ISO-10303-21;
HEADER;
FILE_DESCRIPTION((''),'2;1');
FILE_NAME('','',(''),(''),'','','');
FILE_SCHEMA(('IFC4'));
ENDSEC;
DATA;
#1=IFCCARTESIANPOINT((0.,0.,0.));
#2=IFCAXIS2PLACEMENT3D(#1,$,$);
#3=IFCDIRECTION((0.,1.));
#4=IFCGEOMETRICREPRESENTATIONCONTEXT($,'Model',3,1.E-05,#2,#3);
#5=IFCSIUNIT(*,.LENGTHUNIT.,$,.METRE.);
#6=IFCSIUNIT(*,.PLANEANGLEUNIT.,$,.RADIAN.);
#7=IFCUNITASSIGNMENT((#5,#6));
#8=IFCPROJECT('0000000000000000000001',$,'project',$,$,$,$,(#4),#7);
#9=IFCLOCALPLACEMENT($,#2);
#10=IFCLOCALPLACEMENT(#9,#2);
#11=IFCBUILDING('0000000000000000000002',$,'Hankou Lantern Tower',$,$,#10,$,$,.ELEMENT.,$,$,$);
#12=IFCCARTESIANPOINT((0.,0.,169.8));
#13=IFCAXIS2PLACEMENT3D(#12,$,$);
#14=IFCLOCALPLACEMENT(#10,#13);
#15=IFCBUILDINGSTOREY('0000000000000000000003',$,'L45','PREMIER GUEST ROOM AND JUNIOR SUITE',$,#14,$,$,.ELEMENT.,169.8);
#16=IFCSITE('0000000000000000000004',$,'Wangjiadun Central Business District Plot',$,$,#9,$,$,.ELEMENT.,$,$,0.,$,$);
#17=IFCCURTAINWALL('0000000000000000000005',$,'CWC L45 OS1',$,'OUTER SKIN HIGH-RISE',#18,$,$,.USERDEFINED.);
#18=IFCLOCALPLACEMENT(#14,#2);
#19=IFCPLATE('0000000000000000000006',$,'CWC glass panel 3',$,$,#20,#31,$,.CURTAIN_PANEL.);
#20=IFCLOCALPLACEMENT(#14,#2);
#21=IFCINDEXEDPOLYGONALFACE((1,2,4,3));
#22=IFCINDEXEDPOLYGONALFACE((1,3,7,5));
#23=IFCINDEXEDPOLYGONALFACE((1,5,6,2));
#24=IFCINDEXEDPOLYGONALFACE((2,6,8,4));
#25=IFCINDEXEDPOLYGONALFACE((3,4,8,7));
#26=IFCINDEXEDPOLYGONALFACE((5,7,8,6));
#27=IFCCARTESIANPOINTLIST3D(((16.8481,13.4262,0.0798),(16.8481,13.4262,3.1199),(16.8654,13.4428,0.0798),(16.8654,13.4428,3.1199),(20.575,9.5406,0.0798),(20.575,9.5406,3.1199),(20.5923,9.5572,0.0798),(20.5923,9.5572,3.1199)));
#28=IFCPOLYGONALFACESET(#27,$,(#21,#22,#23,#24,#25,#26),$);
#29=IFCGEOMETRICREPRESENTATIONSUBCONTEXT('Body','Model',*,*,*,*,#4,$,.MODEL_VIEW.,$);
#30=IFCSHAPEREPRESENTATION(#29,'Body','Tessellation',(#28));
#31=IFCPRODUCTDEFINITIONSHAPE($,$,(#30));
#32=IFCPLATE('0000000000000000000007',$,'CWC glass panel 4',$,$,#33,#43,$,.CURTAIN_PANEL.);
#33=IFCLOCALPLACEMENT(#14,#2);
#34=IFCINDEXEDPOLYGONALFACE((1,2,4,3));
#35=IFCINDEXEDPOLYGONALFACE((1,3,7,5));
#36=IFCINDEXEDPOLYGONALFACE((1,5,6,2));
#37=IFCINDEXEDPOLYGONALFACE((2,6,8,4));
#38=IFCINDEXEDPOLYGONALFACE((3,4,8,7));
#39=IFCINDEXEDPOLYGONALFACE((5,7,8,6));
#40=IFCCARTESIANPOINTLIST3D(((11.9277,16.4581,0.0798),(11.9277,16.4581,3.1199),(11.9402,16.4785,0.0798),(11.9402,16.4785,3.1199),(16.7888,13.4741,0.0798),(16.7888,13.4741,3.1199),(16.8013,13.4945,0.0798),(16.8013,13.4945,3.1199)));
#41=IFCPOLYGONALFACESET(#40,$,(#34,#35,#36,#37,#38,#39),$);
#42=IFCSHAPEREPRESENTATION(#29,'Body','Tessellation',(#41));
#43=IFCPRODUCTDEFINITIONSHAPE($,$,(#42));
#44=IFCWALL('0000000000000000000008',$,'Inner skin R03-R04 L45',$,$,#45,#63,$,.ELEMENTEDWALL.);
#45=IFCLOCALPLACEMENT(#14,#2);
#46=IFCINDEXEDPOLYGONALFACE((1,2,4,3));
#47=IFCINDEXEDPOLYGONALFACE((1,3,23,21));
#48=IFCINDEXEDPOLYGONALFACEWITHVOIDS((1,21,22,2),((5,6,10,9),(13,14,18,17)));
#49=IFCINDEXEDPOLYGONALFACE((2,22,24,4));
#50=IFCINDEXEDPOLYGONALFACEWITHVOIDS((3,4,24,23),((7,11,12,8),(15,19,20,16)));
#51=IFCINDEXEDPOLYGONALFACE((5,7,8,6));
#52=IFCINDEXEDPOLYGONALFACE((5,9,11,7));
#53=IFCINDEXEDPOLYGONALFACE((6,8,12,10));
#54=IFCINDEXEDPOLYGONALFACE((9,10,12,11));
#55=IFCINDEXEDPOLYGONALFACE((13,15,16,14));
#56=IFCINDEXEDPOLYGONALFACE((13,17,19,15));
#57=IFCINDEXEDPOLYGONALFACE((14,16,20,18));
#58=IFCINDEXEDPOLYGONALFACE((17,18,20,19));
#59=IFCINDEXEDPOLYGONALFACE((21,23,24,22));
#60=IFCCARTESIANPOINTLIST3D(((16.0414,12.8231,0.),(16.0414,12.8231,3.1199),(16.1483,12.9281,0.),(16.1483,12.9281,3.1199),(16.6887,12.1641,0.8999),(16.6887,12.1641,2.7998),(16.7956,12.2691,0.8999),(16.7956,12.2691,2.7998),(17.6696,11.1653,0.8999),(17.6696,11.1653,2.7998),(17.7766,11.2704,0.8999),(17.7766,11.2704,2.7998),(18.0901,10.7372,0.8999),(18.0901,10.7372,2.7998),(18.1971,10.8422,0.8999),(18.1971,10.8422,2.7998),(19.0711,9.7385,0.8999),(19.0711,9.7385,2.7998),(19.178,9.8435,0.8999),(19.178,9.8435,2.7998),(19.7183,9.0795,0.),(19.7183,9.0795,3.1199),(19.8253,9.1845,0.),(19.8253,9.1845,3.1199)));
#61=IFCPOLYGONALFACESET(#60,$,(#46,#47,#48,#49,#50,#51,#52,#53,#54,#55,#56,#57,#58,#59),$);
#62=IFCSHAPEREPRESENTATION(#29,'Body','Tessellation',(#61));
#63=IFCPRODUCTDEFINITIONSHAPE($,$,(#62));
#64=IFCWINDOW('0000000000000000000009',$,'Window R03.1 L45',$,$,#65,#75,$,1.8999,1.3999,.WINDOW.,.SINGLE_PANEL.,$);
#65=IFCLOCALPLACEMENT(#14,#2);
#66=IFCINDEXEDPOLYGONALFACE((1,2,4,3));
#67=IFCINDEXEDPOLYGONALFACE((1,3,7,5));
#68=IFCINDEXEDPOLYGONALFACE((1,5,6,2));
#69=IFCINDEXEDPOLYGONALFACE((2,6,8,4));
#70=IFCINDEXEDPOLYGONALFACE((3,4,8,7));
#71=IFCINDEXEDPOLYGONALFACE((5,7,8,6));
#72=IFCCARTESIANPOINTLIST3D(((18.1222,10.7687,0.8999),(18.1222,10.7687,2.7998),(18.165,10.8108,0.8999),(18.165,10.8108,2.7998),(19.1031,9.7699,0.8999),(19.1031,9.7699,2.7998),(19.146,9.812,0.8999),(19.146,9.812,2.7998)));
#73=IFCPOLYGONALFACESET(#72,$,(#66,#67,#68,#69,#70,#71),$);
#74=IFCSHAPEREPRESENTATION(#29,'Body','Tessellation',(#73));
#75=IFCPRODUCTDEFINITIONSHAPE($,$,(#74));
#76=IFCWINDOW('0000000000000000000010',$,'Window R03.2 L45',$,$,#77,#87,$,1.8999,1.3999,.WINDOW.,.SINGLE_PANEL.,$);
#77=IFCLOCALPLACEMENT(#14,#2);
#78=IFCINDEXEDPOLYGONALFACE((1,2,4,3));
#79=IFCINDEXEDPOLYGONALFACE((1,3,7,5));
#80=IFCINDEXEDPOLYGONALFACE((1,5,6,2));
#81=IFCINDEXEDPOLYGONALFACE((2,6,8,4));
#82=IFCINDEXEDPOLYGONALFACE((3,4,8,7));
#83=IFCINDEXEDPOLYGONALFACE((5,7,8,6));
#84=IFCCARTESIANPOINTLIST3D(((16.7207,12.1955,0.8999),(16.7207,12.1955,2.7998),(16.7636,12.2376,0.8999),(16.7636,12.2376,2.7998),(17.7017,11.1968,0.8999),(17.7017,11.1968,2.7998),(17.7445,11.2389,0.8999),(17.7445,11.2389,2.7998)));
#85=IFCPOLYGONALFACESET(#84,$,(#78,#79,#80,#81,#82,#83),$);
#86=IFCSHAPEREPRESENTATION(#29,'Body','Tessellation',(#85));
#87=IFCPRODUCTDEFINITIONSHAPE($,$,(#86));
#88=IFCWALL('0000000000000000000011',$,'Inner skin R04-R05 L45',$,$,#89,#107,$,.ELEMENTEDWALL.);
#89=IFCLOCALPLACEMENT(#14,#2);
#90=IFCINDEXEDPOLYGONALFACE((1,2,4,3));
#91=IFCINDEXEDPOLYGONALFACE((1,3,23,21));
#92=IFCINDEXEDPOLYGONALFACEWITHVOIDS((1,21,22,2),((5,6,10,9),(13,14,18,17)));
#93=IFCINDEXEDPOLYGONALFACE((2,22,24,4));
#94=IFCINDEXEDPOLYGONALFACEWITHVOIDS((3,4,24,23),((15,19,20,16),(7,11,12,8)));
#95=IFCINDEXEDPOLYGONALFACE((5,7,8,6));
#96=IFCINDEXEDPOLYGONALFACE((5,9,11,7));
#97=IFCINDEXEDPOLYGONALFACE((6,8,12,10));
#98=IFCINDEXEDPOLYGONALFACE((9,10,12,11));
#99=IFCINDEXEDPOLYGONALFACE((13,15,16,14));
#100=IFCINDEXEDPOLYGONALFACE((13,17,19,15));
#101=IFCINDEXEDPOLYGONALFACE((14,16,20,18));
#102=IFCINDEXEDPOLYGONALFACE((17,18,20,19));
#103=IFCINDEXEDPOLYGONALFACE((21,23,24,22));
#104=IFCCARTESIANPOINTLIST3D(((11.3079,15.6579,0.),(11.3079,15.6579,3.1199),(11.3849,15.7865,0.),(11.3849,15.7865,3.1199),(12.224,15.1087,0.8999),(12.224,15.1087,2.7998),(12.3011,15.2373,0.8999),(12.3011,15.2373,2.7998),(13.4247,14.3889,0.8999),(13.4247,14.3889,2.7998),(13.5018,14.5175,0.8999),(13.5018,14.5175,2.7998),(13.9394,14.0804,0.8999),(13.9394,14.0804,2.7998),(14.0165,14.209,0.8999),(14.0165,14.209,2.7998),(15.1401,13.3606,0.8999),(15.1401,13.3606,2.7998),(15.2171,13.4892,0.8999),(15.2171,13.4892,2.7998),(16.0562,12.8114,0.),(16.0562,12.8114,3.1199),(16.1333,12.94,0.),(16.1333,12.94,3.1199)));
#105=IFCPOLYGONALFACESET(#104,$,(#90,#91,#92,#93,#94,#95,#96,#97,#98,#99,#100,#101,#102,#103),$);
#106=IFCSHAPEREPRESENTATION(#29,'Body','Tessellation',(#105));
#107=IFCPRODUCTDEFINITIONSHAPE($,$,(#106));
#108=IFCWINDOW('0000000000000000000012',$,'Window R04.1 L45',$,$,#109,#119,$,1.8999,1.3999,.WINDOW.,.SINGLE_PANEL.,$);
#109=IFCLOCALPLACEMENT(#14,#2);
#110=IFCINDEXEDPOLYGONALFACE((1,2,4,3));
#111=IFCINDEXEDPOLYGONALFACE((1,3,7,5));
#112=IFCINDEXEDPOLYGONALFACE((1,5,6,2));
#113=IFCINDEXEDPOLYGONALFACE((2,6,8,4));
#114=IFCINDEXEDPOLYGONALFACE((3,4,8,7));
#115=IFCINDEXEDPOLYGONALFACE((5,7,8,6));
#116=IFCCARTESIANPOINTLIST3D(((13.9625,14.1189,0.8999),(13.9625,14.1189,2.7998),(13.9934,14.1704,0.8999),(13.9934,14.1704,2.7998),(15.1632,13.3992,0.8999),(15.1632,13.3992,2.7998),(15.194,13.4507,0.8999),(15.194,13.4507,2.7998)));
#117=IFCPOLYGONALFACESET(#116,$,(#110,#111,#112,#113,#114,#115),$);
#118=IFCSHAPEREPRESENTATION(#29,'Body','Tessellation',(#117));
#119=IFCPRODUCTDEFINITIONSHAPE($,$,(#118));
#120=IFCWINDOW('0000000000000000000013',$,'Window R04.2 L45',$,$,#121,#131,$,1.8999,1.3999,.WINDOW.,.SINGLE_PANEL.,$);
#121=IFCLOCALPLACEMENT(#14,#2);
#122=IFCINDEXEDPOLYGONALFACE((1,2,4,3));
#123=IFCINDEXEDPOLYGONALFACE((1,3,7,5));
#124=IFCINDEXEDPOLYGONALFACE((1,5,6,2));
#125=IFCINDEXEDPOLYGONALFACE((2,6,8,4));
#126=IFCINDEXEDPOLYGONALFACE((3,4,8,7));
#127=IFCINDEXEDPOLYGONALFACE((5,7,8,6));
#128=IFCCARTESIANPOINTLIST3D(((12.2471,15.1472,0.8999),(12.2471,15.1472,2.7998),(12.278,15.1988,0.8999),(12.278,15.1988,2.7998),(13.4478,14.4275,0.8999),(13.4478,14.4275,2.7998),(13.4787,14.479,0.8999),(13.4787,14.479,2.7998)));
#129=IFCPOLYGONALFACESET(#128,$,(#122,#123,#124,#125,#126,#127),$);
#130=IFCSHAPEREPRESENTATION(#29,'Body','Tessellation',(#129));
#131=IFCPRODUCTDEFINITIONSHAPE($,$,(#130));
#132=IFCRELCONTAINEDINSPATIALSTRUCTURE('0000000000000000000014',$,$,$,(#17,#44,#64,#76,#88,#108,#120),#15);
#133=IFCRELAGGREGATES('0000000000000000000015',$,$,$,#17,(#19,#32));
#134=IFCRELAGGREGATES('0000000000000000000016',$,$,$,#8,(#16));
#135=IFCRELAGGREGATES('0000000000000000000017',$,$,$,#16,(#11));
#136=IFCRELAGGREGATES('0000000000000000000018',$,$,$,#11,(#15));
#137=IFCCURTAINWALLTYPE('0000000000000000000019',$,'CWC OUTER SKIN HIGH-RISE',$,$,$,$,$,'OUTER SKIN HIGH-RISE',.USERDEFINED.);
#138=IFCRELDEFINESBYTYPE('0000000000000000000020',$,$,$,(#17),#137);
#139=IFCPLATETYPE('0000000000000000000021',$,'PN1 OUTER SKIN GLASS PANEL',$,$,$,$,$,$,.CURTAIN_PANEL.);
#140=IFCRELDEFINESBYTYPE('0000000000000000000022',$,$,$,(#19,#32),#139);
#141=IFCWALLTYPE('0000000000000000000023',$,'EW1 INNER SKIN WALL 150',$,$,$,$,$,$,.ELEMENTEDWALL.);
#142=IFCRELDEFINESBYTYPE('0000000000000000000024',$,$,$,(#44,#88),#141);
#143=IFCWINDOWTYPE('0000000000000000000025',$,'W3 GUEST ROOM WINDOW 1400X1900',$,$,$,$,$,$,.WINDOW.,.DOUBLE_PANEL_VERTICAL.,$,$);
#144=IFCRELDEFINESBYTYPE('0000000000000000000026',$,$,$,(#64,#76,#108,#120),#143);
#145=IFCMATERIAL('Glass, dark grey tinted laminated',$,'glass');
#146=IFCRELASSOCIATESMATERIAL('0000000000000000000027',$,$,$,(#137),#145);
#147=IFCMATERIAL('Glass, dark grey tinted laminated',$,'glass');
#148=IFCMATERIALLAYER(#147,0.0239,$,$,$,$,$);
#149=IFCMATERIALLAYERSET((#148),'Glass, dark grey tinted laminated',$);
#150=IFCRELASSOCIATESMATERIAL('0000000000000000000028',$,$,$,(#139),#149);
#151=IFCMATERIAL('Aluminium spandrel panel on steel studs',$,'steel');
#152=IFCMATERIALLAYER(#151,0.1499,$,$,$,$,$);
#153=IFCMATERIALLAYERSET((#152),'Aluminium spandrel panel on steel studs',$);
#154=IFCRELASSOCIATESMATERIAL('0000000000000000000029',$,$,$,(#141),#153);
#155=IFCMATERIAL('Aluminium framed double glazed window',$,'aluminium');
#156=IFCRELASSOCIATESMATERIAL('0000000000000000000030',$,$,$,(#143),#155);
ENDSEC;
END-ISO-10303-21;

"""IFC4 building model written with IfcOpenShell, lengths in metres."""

from ifc_helpers import new_model, si_unit, direction, frame, frame_2d, origin, origin_2d, place, context, subcontext, project, spatial, rectangle, extrude, material, layer, layer_set, type_object, element, fill, aggregate, save


model = new_model("IFC4")

# Units and contexts
model_context = context("Model", 3, precision=1e-05, world=origin(), true_north=direction((0.0, 1.0)))
body_context = subcontext(model_context, "Body", "Model", "MODEL_VIEW")
ifc_project = project(units=[si_unit("LENGTHUNIT", "METRE"), si_unit("PLANEANGLEUNIT", "RADIAN")], contexts=[model_context])

# Site, building, storey
site_placement = place(None, origin())
site = spatial("IfcSite", under=ifc_project, at=site_placement, Name="Wangjiadun Central Business District Plot", CompositionType="ELEMENT", RefElevation=0.0)
building_placement = place(site_placement, origin())
building = spatial("IfcBuilding", under=site, at=building_placement, Name="Hankou Lantern Tower", CompositionType="ELEMENT")
storey_placement = place(building_placement, frame((0.0, 0.0, 169.8)))
storey = spatial("IfcBuildingStorey", under=building, at=storey_placement, Name="L45", Description="PREMIER GUEST ROOM AND JUNIOR SUITE", CompositionType="ELEMENT", Elevation=169.8)

# Curtain wall
ifc_material_1 = material(Name="Glass, dark grey tinted laminated", Category="glass")
curtain_wall_type = type_object("IfcCurtainWallType", Name="CWC OUTER SKIN HIGH-RISE", ElementType="OUTER SKIN HIGH-RISE", PredefinedType="USERDEFINED", material=ifc_material_1)
curtain_wall_placement = place(storey_placement, origin())
curtain_wall = element("IfcCurtainWall", 1, at=curtain_wall_placement, inside=storey, type_object=curtain_wall_type, Name="CWC L45 OS1", ObjectType="OUTER SKIN HIGH-RISE", PredefinedType="USERDEFINED")

# Plates
ifc_material_2 = material(Name="Glass, dark grey tinted laminated", Category="glass")
ifc_layer_1 = layer(ifc_material_2, 0.0239)
ifc_layer_set_1 = layer_set([ifc_layer_1], Name="Glass, dark grey tinted laminated")
plate_type = type_object("IfcPlateType", Name="PN1 OUTER SKIN GLASS PANEL", PredefinedType="CURTAIN_PANEL", material=ifc_layer_set_1)
plate_1_placement = place(storey_placement, frame((18.7202, 11.4917, 0.0798), z_axis=(0.0, 0.0, 1.0), x_axis=(-0.692216, 0.721691, 0.0)))
plate_1 = element("IfcPlate", 2, at=plate_1_placement, type_object=plate_type, Name="CWC glass panel 3", PredefinedType="CURTAIN_PANEL", context=body_context, shape_type="SweptSolid", body=[
    extrude(rectangle(XDim=5.384, YDim=0.0239, at=origin_2d()), origin(), (0.0, 0.0, 1.0), 3.04),
])
plate_2_placement = place(storey_placement, frame((14.3645, 14.9763, 0.0798), z_axis=(0.0, 0.0, 1.0), x_axis=(-0.852237, 0.523156, 0.0)))
plate_2 = element("IfcPlate", 3, at=plate_2_placement, type_object=plate_type, Name="CWC glass panel 4", PredefinedType="CURTAIN_PANEL", context=body_context, shape_type="SweptSolid", body=[
    extrude(rectangle(XDim=5.7039, YDim=0.0239, at=origin_2d()), origin(), (0.0, 0.0, 1.0), 3.04),
])
aggregate(curtain_wall, [plate_1, plate_2])

# Walls, openings, windows
ifc_material_3 = material(Name="Aluminium spandrel panel on steel studs", Category="steel")
ifc_layer_2 = layer(ifc_material_3, 0.1499)
ifc_layer_set_2 = layer_set([ifc_layer_2], Name="Aluminium spandrel panel on steel studs")
wall_type_1 = type_object("IfcWallType", Name="EW1 INNER SKIN WALL 150", PredefinedType="ELEMENTEDWALL", material=ifc_layer_set_2)
wall_1_placement = place(storey_placement, frame((19.7717, 9.1321, 0.0), z_axis=(0.0, 0.0, 1.0), x_axis=(-0.700727, 0.713429, 0.0)))
wall_1 = element("IfcWall", 4, at=wall_1_placement, inside=storey, type_object=wall_type_1, Name="Inner skin R03-R04 L45", PredefinedType="ELEMENTEDWALL", context=body_context, shape_type="SweptSolid", body=[
    extrude(rectangle(XDim=5.2473, YDim=0.1499, at=frame_2d((2.6235, 0.0))), origin(), (0.0, 0.0, 1.0), 3.1199),
])
opening_1_placement = place(wall_1_placement, frame((0.9236, 0.0, 0.8999)))
opening_1 = element("IfcOpeningElement", 5, at=opening_1_placement, cuts=wall_1, PredefinedType="OPENING", context=body_context, shape_type="SweptSolid", body=[
    extrude(rectangle(XDim=1.3999, YDim=1.8999, at=frame_2d((0.7, 0.95))), frame((0.0, 0.085, 0.0), z_axis=(0.0, -1.0, 0.0), x_axis=(1.0, 0.0, 0.0)), (0.0, 0.0, 1.0), 0.1699),
])
opening_2_placement = place(wall_1_placement, frame((2.9236, 0.0, 0.8999)))
opening_2 = element("IfcOpeningElement", 6, at=opening_2_placement, cuts=wall_1, PredefinedType="OPENING", context=body_context, shape_type="SweptSolid", body=[
    extrude(rectangle(XDim=1.3999, YDim=1.8999, at=frame_2d((0.7, 0.95))), frame((0.0, 0.085, 0.0), z_axis=(0.0, -1.0, 0.0), x_axis=(1.0, 0.0, 0.0)), (0.0, 0.0, 1.0), 0.1699),
])
ifc_material_4 = material(Name="Aluminium framed double glazed window", Category="aluminium")
window_type = type_object("IfcWindowType", Name="W3 GUEST ROOM WINDOW 1400X1900", PartitioningType="DOUBLE_PANEL_VERTICAL", PredefinedType="WINDOW", material=ifc_material_4)
window_1_placement = place(opening_1_placement, origin())
window_1 = element("IfcWindow", 7, at=window_1_placement, inside=storey, type_object=window_type, Name="Window R03.1 L45", OverallHeight=1.8999, OverallWidth=1.3999, PartitioningType="SINGLE_PANEL", PredefinedType="WINDOW", context=body_context, shape_type="SweptSolid", body=[
    extrude(rectangle(XDim=1.3999, YDim=1.8999, at=frame_2d((0.7, 0.95))), frame((0.0, 0.03, 0.0), z_axis=(0.0, -1.0, 0.0), x_axis=(1.0, 0.0, 0.0)), (0.0, 0.0, 1.0), 0.0601),
])
fill(opening_1, window_1)
window_2_placement = place(opening_2_placement, origin())
window_2 = element("IfcWindow", 8, at=window_2_placement, inside=storey, type_object=window_type, Name="Window R03.2 L45", OverallHeight=1.8999, OverallWidth=1.3999, PartitioningType="SINGLE_PANEL", PredefinedType="WINDOW", context=body_context, shape_type="SweptSolid", body=[
    extrude(rectangle(XDim=1.3999, YDim=1.8999, at=frame_2d((0.7, 0.95))), frame((0.0, 0.03, 0.0), z_axis=(0.0, -1.0, 0.0), x_axis=(1.0, 0.0, 0.0)), (0.0, 0.0, 1.0), 0.0601),
])
fill(opening_2, window_2)
wall_2_placement = place(storey_placement, frame((16.0947, 12.8757, 0.0), z_axis=(0.0, 0.0, 1.0), x_axis=(-0.857695, 0.514158, 0.0)))
wall_2 = element("IfcWall", 9, at=wall_2_placement, inside=storey, type_object=wall_type_1, Name="Inner skin R04-R05 L45", PredefinedType="ELEMENTEDWALL", context=body_context, shape_type="SweptSolid", body=[
    extrude(rectangle(XDim=5.5361, YDim=0.1499, at=frame_2d((2.7681, 0.0))), origin(), (0.0, 0.0, 1.0), 3.1199),
])
opening_3_placement = place(wall_2_placement, frame((1.0681, 0.0, 0.8999)))
opening_3 = element("IfcOpeningElement", 10, at=opening_3_placement, cuts=wall_2, PredefinedType="OPENING", context=body_context, shape_type="SweptSolid", body=[
    extrude(rectangle(XDim=1.3999, YDim=1.8999, at=frame_2d((0.7, 0.95))), frame((0.0, 0.085, 0.0), z_axis=(0.0, -1.0, 0.0), x_axis=(1.0, 0.0, 0.0)), (0.0, 0.0, 1.0), 0.1699),
])
opening_4_placement = place(wall_2_placement, frame((3.0681, 0.0, 0.8999)))
opening_4 = element("IfcOpeningElement", 11, at=opening_4_placement, cuts=wall_2, PredefinedType="OPENING", context=body_context, shape_type="SweptSolid", body=[
    extrude(rectangle(XDim=1.3999, YDim=1.8999, at=frame_2d((0.7, 0.95))), frame((0.0, 0.085, 0.0), z_axis=(0.0, -1.0, 0.0), x_axis=(1.0, 0.0, 0.0)), (0.0, 0.0, 1.0), 0.1699),
])
window_3_placement = place(opening_3_placement, origin())
window_3 = element("IfcWindow", 12, at=window_3_placement, inside=storey, type_object=window_type, Name="Window R04.1 L45", OverallHeight=1.8999, OverallWidth=1.3999, PartitioningType="SINGLE_PANEL", PredefinedType="WINDOW", context=body_context, shape_type="SweptSolid", body=[
    extrude(rectangle(XDim=1.3999, YDim=1.8999, at=frame_2d((0.7, 0.95))), frame((0.0, 0.03, 0.0), z_axis=(0.0, -1.0, 0.0), x_axis=(1.0, 0.0, 0.0)), (0.0, 0.0, 1.0), 0.0601),
])
fill(opening_3, window_3)
window_4_placement = place(opening_4_placement, origin())
window_4 = element("IfcWindow", 13, at=window_4_placement, inside=storey, type_object=window_type, Name="Window R04.2 L45", OverallHeight=1.8999, OverallWidth=1.3999, PartitioningType="SINGLE_PANEL", PredefinedType="WINDOW", context=body_context, shape_type="SweptSolid", body=[
    extrude(rectangle(XDim=1.3999, YDim=1.8999, at=frame_2d((0.7, 0.95))), frame((0.0, 0.03, 0.0), z_axis=(0.0, -1.0, 0.0), x_axis=(1.0, 0.0, 0.0)), (0.0, 0.0, 1.0), 0.0601),
])
fill(opening_4, window_4)

save(model, "model.ifc")
